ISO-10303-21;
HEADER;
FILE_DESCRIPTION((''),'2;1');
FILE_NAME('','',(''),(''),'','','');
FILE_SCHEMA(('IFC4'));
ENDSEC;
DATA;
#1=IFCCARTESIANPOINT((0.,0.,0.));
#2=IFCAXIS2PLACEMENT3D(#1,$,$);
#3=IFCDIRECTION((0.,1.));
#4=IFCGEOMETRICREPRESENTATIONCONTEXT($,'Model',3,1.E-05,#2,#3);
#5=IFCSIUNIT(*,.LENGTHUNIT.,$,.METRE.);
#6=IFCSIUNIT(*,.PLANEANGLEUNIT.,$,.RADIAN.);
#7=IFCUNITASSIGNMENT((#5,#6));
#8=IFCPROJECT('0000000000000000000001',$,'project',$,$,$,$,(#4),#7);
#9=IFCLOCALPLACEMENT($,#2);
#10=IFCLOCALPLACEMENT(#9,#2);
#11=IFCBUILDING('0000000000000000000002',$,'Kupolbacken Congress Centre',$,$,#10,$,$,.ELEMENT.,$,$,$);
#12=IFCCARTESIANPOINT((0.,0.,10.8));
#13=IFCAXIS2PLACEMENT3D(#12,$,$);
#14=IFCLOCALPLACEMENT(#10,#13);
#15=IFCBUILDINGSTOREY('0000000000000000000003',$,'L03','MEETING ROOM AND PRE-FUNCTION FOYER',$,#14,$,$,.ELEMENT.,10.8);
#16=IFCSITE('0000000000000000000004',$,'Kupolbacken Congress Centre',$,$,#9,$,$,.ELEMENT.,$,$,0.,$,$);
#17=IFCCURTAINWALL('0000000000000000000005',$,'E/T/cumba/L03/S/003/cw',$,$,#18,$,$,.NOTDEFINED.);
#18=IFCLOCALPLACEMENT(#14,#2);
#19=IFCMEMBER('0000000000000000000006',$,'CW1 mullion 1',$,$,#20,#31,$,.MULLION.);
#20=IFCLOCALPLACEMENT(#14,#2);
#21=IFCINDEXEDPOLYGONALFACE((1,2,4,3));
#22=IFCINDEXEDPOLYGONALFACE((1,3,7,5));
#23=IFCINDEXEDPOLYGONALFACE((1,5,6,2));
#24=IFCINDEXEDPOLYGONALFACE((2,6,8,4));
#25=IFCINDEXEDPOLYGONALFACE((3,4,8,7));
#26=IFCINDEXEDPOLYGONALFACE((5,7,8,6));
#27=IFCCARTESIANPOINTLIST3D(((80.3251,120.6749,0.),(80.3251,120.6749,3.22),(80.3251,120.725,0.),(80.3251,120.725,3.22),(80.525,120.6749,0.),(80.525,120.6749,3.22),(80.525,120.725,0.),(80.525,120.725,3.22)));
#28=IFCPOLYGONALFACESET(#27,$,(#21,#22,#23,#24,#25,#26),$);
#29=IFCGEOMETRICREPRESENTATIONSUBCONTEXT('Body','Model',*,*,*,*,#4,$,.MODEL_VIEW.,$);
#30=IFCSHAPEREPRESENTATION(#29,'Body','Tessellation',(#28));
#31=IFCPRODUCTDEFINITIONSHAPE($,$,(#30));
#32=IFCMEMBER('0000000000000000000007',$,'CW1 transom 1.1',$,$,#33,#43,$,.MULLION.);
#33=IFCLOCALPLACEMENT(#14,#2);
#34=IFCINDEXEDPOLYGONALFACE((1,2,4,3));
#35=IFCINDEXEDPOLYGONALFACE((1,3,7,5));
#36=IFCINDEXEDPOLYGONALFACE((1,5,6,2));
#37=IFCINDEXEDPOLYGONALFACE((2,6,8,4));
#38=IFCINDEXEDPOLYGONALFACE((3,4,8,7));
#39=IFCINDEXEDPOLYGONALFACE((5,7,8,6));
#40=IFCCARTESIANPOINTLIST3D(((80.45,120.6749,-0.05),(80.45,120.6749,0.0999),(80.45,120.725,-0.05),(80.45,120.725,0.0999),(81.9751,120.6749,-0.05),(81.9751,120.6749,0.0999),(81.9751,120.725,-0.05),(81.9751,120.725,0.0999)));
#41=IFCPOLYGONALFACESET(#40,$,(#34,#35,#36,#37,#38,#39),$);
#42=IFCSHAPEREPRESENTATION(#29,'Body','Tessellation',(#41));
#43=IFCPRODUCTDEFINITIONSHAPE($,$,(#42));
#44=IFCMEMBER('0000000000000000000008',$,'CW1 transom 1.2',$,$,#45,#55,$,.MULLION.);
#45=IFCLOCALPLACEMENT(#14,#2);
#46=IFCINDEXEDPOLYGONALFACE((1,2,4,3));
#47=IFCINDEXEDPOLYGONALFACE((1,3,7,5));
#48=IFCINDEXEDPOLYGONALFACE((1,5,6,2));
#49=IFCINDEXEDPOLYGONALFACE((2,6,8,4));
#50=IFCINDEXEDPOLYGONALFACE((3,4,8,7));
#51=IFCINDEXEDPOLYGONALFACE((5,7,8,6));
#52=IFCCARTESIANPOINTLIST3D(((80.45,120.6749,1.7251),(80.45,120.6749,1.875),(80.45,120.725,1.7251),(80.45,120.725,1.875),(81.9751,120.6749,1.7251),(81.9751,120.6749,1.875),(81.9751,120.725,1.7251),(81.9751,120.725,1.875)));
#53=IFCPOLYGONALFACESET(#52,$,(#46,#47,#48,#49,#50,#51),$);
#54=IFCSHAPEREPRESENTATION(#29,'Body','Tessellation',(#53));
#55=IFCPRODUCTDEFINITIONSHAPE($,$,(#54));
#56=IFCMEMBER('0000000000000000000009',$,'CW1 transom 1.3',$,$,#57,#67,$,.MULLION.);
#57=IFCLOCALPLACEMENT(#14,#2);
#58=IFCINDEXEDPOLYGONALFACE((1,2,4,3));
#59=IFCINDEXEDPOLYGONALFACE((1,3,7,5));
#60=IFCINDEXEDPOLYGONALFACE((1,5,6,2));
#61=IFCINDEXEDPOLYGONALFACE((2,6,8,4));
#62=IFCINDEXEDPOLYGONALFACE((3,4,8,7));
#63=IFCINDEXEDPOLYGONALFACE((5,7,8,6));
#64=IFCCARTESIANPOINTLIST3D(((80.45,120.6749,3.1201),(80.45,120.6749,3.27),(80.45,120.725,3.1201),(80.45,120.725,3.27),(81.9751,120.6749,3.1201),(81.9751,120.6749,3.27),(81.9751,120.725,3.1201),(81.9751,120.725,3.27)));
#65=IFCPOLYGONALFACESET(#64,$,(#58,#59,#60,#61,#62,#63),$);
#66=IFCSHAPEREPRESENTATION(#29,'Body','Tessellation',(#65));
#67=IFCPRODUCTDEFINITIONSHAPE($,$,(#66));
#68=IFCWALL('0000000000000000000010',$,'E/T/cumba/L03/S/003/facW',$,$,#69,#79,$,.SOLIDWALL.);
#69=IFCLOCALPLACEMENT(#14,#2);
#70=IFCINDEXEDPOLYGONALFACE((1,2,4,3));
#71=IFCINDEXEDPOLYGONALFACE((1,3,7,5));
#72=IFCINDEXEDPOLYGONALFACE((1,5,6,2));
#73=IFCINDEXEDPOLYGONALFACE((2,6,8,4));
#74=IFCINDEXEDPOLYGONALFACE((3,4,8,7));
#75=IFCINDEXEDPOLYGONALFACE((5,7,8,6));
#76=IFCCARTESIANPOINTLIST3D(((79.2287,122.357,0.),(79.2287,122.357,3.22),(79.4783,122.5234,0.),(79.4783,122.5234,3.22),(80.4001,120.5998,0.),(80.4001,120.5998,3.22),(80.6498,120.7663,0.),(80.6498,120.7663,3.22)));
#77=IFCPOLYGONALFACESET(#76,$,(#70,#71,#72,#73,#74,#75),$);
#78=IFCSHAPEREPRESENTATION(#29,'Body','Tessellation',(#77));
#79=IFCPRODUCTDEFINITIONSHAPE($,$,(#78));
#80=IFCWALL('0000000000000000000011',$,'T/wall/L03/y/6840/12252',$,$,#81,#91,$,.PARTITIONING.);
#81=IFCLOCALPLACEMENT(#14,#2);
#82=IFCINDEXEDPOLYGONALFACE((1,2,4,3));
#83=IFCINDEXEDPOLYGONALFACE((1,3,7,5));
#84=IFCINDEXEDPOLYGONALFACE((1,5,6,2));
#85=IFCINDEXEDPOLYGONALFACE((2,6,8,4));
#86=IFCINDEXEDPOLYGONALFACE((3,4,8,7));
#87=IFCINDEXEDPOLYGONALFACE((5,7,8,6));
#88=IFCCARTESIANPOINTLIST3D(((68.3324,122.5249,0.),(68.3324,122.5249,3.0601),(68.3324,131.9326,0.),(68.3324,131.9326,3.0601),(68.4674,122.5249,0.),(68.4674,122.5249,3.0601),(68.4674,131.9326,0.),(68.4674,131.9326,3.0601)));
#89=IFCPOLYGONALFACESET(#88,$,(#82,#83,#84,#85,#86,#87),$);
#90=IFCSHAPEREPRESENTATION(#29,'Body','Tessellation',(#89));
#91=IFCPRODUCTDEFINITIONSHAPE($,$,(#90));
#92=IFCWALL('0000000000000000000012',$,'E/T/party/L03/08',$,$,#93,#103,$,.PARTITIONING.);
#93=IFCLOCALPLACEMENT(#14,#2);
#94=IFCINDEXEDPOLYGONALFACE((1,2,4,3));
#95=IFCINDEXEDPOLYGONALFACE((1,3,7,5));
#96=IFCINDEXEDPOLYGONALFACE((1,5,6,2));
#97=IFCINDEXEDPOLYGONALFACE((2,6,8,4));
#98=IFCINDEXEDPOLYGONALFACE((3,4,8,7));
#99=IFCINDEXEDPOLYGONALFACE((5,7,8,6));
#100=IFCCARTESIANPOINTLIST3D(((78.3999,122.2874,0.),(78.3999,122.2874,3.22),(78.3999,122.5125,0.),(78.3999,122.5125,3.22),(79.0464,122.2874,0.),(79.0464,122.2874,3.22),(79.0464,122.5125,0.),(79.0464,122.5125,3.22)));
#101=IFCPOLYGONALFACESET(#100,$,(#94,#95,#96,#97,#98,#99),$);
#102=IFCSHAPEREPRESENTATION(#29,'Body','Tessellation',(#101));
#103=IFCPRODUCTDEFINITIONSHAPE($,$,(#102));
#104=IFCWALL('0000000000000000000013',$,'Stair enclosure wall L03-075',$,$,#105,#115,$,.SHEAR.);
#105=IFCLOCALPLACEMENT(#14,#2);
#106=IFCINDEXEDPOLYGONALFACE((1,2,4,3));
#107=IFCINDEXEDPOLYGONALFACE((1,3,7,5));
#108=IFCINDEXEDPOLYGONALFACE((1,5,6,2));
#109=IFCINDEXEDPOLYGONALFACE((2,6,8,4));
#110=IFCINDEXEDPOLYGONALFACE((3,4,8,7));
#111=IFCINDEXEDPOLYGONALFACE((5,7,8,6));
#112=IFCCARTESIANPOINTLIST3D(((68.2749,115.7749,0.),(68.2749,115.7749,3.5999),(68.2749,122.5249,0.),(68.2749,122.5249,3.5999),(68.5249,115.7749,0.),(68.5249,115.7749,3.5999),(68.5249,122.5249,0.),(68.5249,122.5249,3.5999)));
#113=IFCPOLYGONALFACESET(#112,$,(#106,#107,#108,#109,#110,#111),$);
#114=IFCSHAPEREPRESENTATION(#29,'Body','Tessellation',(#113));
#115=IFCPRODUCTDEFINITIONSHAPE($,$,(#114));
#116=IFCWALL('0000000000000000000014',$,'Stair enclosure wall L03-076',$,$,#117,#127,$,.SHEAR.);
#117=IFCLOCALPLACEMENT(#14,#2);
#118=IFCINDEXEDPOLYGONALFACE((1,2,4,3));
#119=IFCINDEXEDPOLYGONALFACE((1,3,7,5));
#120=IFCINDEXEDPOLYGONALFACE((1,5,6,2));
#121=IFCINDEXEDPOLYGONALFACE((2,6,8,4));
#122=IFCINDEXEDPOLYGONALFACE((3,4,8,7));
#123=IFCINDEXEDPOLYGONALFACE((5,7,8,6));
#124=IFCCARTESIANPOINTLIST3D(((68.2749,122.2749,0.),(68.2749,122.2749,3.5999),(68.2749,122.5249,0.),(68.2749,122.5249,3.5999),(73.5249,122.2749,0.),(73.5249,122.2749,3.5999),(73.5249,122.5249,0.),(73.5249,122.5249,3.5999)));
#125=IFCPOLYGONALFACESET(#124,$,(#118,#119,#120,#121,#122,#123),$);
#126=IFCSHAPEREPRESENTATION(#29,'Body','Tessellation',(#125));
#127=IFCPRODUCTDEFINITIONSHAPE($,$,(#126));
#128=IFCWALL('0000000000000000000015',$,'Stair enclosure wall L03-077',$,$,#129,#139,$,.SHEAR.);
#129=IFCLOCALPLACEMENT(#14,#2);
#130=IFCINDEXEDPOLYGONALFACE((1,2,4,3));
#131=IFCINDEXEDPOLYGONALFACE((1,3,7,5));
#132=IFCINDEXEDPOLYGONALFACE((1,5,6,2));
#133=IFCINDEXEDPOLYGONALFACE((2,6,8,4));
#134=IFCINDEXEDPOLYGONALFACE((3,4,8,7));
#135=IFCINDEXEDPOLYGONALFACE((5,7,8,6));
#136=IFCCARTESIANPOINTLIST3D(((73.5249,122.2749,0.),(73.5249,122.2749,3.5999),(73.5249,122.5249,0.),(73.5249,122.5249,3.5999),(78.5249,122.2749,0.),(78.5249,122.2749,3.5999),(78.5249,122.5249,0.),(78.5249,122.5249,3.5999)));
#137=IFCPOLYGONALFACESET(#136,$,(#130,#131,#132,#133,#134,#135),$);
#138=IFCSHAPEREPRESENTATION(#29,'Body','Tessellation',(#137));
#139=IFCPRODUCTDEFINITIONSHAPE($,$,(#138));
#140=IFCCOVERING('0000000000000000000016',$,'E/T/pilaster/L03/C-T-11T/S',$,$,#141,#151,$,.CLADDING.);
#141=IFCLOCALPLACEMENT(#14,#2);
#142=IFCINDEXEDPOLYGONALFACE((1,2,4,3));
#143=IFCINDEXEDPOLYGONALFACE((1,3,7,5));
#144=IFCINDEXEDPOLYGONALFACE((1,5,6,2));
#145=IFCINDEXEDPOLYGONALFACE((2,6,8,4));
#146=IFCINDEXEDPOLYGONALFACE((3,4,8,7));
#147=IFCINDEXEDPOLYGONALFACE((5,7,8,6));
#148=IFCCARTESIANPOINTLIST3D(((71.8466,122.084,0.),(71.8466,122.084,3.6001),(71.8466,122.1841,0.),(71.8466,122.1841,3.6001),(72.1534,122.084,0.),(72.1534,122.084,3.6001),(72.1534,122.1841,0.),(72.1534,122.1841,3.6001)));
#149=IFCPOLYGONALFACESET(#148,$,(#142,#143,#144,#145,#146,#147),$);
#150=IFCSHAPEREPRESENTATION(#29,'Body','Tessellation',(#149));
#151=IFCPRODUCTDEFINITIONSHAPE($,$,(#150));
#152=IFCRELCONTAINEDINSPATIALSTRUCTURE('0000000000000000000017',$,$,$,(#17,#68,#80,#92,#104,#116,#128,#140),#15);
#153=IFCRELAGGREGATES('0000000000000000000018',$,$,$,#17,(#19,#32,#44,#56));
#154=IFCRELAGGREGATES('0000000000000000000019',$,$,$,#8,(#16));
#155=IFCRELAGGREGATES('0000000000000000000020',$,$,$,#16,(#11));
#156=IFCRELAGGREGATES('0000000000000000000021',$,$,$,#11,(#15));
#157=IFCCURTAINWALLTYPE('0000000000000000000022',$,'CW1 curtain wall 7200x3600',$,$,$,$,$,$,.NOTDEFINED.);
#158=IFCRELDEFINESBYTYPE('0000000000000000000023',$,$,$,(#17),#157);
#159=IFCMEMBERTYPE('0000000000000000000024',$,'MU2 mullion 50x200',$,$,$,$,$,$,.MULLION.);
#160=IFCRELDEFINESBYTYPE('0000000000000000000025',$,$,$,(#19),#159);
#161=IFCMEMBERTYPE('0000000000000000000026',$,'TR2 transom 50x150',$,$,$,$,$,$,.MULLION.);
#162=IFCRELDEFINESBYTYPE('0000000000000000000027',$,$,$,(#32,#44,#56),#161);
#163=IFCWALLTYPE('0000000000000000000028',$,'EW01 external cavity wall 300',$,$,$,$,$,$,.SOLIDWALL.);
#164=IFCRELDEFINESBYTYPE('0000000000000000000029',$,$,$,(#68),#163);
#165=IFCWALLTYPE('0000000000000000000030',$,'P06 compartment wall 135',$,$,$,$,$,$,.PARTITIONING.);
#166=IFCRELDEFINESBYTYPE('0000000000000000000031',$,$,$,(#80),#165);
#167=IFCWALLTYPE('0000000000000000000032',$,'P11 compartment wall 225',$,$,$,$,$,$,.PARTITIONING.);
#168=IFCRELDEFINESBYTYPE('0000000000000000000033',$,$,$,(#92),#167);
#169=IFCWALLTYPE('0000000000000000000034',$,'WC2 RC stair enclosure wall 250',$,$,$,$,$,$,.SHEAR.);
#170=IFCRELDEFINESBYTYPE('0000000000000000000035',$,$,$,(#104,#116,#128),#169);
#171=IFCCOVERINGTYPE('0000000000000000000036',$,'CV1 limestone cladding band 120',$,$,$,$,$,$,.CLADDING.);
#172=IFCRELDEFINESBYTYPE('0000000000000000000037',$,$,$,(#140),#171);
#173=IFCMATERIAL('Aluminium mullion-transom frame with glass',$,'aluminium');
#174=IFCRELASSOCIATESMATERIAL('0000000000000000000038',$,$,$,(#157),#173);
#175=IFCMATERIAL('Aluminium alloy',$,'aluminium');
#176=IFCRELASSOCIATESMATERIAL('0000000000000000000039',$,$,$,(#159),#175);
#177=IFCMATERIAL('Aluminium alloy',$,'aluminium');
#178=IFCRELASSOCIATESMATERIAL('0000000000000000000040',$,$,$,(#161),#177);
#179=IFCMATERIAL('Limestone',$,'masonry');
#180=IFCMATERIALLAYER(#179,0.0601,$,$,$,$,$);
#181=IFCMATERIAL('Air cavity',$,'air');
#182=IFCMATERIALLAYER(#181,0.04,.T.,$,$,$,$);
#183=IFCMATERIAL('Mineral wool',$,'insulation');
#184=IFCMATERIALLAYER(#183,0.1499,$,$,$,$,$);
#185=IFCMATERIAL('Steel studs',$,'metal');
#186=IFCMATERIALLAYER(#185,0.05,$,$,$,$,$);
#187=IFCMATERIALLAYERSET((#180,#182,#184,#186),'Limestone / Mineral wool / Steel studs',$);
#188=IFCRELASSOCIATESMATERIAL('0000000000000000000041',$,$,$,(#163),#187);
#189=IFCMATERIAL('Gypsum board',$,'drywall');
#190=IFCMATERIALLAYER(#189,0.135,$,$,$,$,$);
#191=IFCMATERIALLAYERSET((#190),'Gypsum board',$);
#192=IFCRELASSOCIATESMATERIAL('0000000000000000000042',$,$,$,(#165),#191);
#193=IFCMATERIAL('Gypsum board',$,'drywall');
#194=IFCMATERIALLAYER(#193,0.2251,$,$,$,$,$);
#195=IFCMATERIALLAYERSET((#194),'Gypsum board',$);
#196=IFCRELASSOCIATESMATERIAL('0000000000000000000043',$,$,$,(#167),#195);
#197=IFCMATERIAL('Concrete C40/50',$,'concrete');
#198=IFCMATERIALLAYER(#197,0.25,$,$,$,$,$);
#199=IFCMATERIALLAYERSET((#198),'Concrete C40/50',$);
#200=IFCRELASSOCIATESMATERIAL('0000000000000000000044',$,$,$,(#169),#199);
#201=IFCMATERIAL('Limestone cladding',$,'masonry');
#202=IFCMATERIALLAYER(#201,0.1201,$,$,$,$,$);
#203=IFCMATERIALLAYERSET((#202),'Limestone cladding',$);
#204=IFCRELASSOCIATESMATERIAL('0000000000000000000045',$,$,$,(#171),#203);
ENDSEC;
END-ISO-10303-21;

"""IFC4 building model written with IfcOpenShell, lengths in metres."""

from ifc_helpers import new_model, si_unit, direction, frame, frame_2d, origin, origin_2d, place, context, subcontext, project, spatial, rectangle, extrude, material, layer, layer_set, material_profile, profile_set, type_object, element, aggregate, save


model = new_model("IFC4")

# Units and contexts
model_context = context("Model", 3, precision=1e-05, world=origin(), true_north=direction((0.0, 1.0)))
body_context = subcontext(model_context, "Body", "Model", "MODEL_VIEW")
ifc_project = project(units=[si_unit("LENGTHUNIT", "METRE"), si_unit("PLANEANGLEUNIT", "RADIAN")], contexts=[model_context])

# Site, building, storey
site_placement = place(None, origin())
site = spatial("IfcSite", under=ifc_project, at=site_placement, Name="Kupolbacken Congress Centre", CompositionType="ELEMENT", RefElevation=0.0)
building_placement = place(site_placement, origin())
building = spatial("IfcBuilding", under=site, at=building_placement, Name="Kupolbacken Congress Centre", CompositionType="ELEMENT")
storey_placement = place(building_placement, frame((0.0, 0.0, 10.8)))
storey = spatial("IfcBuildingStorey", under=building, at=storey_placement, Name="L03", Description="MEETING ROOM AND PRE-FUNCTION FOYER", CompositionType="ELEMENT", Elevation=10.8)

# Curtain wall, members
ifc_material_1 = material(Name="Aluminium mullion-transom frame with glass", Category="aluminium")
curtain_wall_type = type_object("IfcCurtainWallType", Name="CW1 curtain wall 7200x3600", PredefinedType="NOTDEFINED", material=ifc_material_1)
curtain_wall_placement = place(storey_placement, origin())
curtain_wall = element("IfcCurtainWall", 1, at=curtain_wall_placement, inside=storey, type_object=curtain_wall_type, Name="E/T/cumba/L03/S/003/cw", PredefinedType="NOTDEFINED")
ifc_material_2 = material(Name="Aluminium alloy", Category="aluminium")
ifc_material_profile_1 = material_profile(ifc_material_2, rectangle(XDim=0.05, YDim=0.2, at=origin_2d()), Name="50 x 200")
ifc_profile_set_1 = profile_set([ifc_material_profile_1], Name="Aluminium alloy")
member_type_1 = type_object("IfcMemberType", Name="MU2 mullion 50x200", PredefinedType="MULLION", material=ifc_profile_set_1)
member_1_placement = place(storey_placement, frame((80.425, 120.7, 0.0), z_axis=(0.0, 0.0, 1.0), x_axis=(0.0, 1.0, 0.0)))
member_1 = element("IfcMember", 2, at=member_1_placement, type_object=member_type_1, Name="CW1 mullion 1", PredefinedType="MULLION", context=body_context, shape_type="SweptSolid", body=[
    extrude(rectangle(XDim=0.05, YDim=0.2, at=origin_2d()), origin(), (0.0, 0.0, 1.0), 3.22),
])
ifc_material_3 = material(Name="Aluminium alloy", Category="aluminium")
ifc_material_profile_2 = material_profile(ifc_material_3, rectangle(XDim=0.05, YDim=0.1499, at=origin_2d()), Name="50 x 150")
ifc_profile_set_2 = profile_set([ifc_material_profile_2], Name="Aluminium alloy")
member_type_2 = type_object("IfcMemberType", Name="TR2 transom 50x150", PredefinedType="MULLION", material=ifc_profile_set_2)
member_2_placement = place(storey_placement, frame((80.45, 120.7, 0.0249), z_axis=(1.0, 0.0, 0.0), x_axis=(0.0, 1.0, 0.0)))
member_2 = element("IfcMember", 3, at=member_2_placement, type_object=member_type_2, Name="CW1 transom 1.1", PredefinedType="MULLION", context=body_context, shape_type="SweptSolid", body=[
    extrude(rectangle(XDim=0.05, YDim=0.1499, at=origin_2d()), origin(), (0.0, 0.0, 1.0), 1.5251),
])
member_3_placement = place(storey_placement, frame((80.45, 120.7, 1.8), z_axis=(1.0, 0.0, 0.0), x_axis=(0.0, 1.0, 0.0)))
member_3 = element("IfcMember", 4, at=member_3_placement, type_object=member_type_2, Name="CW1 transom 1.2", PredefinedType="MULLION", context=body_context, shape_type="SweptSolid", body=[
    extrude(rectangle(XDim=0.05, YDim=0.1499, at=origin_2d()), origin(), (0.0, 0.0, 1.0), 1.5251),
])
member_4_placement = place(storey_placement, frame((80.45, 120.7, 3.1951), z_axis=(1.0, 0.0, 0.0), x_axis=(0.0, 1.0, 0.0)))
member_4 = element("IfcMember", 5, at=member_4_placement, type_object=member_type_2, Name="CW1 transom 1.3", PredefinedType="MULLION", context=body_context, shape_type="SweptSolid", body=[
    extrude(rectangle(XDim=0.05, YDim=0.1499, at=origin_2d()), origin(), (0.0, 0.0, 1.0), 1.5251),
])
aggregate(curtain_wall, [member_1, member_2, member_3, member_4])

# Walls
ifc_material_4 = material(Name="Limestone", Category="masonry")
ifc_layer_1 = layer(ifc_material_4, 0.0601)
ifc_material_5 = material(Name="Air cavity", Category="air")
ifc_layer_2 = layer(ifc_material_5, 0.04, ventilated=True)
ifc_material_6 = material(Name="Mineral wool", Category="insulation")
ifc_layer_3 = layer(ifc_material_6, 0.1499)
ifc_material_7 = material(Name="Steel studs", Category="metal")
ifc_layer_4 = layer(ifc_material_7, 0.05)
ifc_layer_set_1 = layer_set([ifc_layer_1, ifc_layer_2, ifc_layer_3, ifc_layer_4], Name="Limestone / Mineral wool / Steel studs")
wall_type_1 = type_object("IfcWallType", Name="EW01 external cavity wall 300", PredefinedType="SOLIDWALL", material=ifc_layer_set_1)
wall_1_placement = place(storey_placement, frame((79.3535, 122.4402, 0.0), z_axis=(0.0, 0.0, 1.0), x_axis=(0.5547, -0.83205, 0.0)))
element("IfcWall", 6, at=wall_1_placement, inside=storey, type_object=wall_type_1, Name="E/T/cumba/L03/S/003/facW", PredefinedType="SOLIDWALL", context=body_context, shape_type="SweptSolid", body=[
    extrude(rectangle(XDim=2.1118, YDim=0.3, at=frame_2d((1.0559, 0.0))), origin(), (0.0, 0.0, 1.0), 3.22),
])
ifc_material_8 = material(Name="Gypsum board", Category="drywall")
ifc_layer_5 = layer(ifc_material_8, 0.135)
ifc_layer_set_2 = layer_set([ifc_layer_5], Name="Gypsum board")
wall_type_2 = type_object("IfcWallType", Name="P06 compartment wall 135", PredefinedType="PARTITIONING", material=ifc_layer_set_2)
wall_2_placement = place(storey_placement, frame((68.3999, 122.5249, 0.0), z_axis=(0.0, 0.0, 1.0), x_axis=(0.0, 1.0, 0.0)))
element("IfcWall", 7, at=wall_2_placement, inside=storey, type_object=wall_type_2, Name="T/wall/L03/y/6840/12252", PredefinedType="PARTITIONING", context=body_context, shape_type="SweptSolid", body=[
    extrude(rectangle(XDim=9.4077, YDim=0.135, at=frame_2d((4.7039, 0.0))), origin(), (0.0, 0.0, 1.0), 3.0601),
])
ifc_material_9 = material(Name="Gypsum board", Category="drywall")
ifc_layer_6 = layer(ifc_material_9, 0.2251)
ifc_layer_set_3 = layer_set([ifc_layer_6], Name="Gypsum board")
wall_type_3 = type_object("IfcWallType", Name="P11 compartment wall 225", PredefinedType="PARTITIONING", material=ifc_layer_set_3)
wall_3_placement = place(storey_placement, frame((78.3999, 122.3999, 0.0), z_axis=(0.0, 0.0, 1.0), x_axis=(1.0, 0.0, 0.0)))
element("IfcWall", 8, at=wall_3_placement, inside=storey, type_object=wall_type_3, Name="E/T/party/L03/08", PredefinedType="PARTITIONING", context=body_context, shape_type="SweptSolid", body=[
    extrude(rectangle(XDim=0.6465, YDim=0.2251, at=frame_2d((0.3232, 0.0))), origin(), (0.0, 0.0, 1.0), 3.22),
])
ifc_material_10 = material(Name="Concrete C40/50", Category="concrete")
ifc_layer_7 = layer(ifc_material_10, 0.25)
ifc_layer_set_4 = layer_set([ifc_layer_7], Name="Concrete C40/50")
wall_type_4 = type_object("IfcWallType", Name="WC2 RC stair enclosure wall 250", PredefinedType="SHEAR", material=ifc_layer_set_4)
wall_4_placement = place(storey_placement, frame((68.3999, 122.5249, 0.0), z_axis=(0.0, 0.0, 1.0), x_axis=(0.0, -1.0, 0.0)))
element("IfcWall", 9, at=wall_4_placement, inside=storey, type_object=wall_type_4, Name="Stair enclosure wall L03-075", PredefinedType="SHEAR", context=body_context, shape_type="SweptSolid", body=[
    extrude(rectangle(XDim=6.75, YDim=0.25, at=frame_2d((3.375, 0.0))), origin(), (0.0, 0.0, 1.0), 3.5999),
])
wall_5_placement = place(storey_placement, frame((73.5249, 122.3999, 0.0), z_axis=(0.0, 0.0, 1.0), x_axis=(-1.0, 0.0, 0.0)))
element("IfcWall", 10, at=wall_5_placement, inside=storey, type_object=wall_type_4, Name="Stair enclosure wall L03-076", PredefinedType="SHEAR", context=body_context, shape_type="SweptSolid", body=[
    extrude(rectangle(XDim=5.25, YDim=0.25, at=frame_2d((2.625, 0.0))), origin(), (0.0, 0.0, 1.0), 3.5999),
])
wall_6_placement = place(storey_placement, frame((78.5249, 122.3999, 0.0), z_axis=(0.0, 0.0, 1.0), x_axis=(-1.0, 0.0, 0.0)))
element("IfcWall", 11, at=wall_6_placement, inside=storey, type_object=wall_type_4, Name="Stair enclosure wall L03-077", PredefinedType="SHEAR", context=body_context, shape_type="SweptSolid", body=[
    extrude(rectangle(XDim=5.0, YDim=0.25, at=frame_2d((2.5, 0.0))), origin(), (0.0, 0.0, 1.0), 3.5999),
])

# Covering
ifc_material_11 = material(Name="Limestone cladding", Category="masonry")
ifc_layer_8 = layer(ifc_material_11, 0.1201)
ifc_layer_set_5 = layer_set([ifc_layer_8], Name="Limestone cladding")
covering_type = type_object("IfcCoveringType", Name="CV1 limestone cladding band 120", PredefinedType="CLADDING", material=ifc_layer_set_5)
covering_placement = place(storey_placement, frame((72.0, 122.134, 0.0), z_axis=(0.0, 0.0, 1.0), x_axis=(1.0, 0.0, 0.0)))
element("IfcCovering", 12, at=covering_placement, inside=storey, type_object=covering_type, Name="E/T/pilaster/L03/C-T-11T/S", PredefinedType="CLADDING", context=body_context, shape_type="SweptSolid", body=[
    extrude(rectangle(XDim=0.3069, YDim=0.1001, at=origin_2d()), origin(), (0.0, 0.0, 1.0), 3.6001),
])

save(model, "model.ifc")
